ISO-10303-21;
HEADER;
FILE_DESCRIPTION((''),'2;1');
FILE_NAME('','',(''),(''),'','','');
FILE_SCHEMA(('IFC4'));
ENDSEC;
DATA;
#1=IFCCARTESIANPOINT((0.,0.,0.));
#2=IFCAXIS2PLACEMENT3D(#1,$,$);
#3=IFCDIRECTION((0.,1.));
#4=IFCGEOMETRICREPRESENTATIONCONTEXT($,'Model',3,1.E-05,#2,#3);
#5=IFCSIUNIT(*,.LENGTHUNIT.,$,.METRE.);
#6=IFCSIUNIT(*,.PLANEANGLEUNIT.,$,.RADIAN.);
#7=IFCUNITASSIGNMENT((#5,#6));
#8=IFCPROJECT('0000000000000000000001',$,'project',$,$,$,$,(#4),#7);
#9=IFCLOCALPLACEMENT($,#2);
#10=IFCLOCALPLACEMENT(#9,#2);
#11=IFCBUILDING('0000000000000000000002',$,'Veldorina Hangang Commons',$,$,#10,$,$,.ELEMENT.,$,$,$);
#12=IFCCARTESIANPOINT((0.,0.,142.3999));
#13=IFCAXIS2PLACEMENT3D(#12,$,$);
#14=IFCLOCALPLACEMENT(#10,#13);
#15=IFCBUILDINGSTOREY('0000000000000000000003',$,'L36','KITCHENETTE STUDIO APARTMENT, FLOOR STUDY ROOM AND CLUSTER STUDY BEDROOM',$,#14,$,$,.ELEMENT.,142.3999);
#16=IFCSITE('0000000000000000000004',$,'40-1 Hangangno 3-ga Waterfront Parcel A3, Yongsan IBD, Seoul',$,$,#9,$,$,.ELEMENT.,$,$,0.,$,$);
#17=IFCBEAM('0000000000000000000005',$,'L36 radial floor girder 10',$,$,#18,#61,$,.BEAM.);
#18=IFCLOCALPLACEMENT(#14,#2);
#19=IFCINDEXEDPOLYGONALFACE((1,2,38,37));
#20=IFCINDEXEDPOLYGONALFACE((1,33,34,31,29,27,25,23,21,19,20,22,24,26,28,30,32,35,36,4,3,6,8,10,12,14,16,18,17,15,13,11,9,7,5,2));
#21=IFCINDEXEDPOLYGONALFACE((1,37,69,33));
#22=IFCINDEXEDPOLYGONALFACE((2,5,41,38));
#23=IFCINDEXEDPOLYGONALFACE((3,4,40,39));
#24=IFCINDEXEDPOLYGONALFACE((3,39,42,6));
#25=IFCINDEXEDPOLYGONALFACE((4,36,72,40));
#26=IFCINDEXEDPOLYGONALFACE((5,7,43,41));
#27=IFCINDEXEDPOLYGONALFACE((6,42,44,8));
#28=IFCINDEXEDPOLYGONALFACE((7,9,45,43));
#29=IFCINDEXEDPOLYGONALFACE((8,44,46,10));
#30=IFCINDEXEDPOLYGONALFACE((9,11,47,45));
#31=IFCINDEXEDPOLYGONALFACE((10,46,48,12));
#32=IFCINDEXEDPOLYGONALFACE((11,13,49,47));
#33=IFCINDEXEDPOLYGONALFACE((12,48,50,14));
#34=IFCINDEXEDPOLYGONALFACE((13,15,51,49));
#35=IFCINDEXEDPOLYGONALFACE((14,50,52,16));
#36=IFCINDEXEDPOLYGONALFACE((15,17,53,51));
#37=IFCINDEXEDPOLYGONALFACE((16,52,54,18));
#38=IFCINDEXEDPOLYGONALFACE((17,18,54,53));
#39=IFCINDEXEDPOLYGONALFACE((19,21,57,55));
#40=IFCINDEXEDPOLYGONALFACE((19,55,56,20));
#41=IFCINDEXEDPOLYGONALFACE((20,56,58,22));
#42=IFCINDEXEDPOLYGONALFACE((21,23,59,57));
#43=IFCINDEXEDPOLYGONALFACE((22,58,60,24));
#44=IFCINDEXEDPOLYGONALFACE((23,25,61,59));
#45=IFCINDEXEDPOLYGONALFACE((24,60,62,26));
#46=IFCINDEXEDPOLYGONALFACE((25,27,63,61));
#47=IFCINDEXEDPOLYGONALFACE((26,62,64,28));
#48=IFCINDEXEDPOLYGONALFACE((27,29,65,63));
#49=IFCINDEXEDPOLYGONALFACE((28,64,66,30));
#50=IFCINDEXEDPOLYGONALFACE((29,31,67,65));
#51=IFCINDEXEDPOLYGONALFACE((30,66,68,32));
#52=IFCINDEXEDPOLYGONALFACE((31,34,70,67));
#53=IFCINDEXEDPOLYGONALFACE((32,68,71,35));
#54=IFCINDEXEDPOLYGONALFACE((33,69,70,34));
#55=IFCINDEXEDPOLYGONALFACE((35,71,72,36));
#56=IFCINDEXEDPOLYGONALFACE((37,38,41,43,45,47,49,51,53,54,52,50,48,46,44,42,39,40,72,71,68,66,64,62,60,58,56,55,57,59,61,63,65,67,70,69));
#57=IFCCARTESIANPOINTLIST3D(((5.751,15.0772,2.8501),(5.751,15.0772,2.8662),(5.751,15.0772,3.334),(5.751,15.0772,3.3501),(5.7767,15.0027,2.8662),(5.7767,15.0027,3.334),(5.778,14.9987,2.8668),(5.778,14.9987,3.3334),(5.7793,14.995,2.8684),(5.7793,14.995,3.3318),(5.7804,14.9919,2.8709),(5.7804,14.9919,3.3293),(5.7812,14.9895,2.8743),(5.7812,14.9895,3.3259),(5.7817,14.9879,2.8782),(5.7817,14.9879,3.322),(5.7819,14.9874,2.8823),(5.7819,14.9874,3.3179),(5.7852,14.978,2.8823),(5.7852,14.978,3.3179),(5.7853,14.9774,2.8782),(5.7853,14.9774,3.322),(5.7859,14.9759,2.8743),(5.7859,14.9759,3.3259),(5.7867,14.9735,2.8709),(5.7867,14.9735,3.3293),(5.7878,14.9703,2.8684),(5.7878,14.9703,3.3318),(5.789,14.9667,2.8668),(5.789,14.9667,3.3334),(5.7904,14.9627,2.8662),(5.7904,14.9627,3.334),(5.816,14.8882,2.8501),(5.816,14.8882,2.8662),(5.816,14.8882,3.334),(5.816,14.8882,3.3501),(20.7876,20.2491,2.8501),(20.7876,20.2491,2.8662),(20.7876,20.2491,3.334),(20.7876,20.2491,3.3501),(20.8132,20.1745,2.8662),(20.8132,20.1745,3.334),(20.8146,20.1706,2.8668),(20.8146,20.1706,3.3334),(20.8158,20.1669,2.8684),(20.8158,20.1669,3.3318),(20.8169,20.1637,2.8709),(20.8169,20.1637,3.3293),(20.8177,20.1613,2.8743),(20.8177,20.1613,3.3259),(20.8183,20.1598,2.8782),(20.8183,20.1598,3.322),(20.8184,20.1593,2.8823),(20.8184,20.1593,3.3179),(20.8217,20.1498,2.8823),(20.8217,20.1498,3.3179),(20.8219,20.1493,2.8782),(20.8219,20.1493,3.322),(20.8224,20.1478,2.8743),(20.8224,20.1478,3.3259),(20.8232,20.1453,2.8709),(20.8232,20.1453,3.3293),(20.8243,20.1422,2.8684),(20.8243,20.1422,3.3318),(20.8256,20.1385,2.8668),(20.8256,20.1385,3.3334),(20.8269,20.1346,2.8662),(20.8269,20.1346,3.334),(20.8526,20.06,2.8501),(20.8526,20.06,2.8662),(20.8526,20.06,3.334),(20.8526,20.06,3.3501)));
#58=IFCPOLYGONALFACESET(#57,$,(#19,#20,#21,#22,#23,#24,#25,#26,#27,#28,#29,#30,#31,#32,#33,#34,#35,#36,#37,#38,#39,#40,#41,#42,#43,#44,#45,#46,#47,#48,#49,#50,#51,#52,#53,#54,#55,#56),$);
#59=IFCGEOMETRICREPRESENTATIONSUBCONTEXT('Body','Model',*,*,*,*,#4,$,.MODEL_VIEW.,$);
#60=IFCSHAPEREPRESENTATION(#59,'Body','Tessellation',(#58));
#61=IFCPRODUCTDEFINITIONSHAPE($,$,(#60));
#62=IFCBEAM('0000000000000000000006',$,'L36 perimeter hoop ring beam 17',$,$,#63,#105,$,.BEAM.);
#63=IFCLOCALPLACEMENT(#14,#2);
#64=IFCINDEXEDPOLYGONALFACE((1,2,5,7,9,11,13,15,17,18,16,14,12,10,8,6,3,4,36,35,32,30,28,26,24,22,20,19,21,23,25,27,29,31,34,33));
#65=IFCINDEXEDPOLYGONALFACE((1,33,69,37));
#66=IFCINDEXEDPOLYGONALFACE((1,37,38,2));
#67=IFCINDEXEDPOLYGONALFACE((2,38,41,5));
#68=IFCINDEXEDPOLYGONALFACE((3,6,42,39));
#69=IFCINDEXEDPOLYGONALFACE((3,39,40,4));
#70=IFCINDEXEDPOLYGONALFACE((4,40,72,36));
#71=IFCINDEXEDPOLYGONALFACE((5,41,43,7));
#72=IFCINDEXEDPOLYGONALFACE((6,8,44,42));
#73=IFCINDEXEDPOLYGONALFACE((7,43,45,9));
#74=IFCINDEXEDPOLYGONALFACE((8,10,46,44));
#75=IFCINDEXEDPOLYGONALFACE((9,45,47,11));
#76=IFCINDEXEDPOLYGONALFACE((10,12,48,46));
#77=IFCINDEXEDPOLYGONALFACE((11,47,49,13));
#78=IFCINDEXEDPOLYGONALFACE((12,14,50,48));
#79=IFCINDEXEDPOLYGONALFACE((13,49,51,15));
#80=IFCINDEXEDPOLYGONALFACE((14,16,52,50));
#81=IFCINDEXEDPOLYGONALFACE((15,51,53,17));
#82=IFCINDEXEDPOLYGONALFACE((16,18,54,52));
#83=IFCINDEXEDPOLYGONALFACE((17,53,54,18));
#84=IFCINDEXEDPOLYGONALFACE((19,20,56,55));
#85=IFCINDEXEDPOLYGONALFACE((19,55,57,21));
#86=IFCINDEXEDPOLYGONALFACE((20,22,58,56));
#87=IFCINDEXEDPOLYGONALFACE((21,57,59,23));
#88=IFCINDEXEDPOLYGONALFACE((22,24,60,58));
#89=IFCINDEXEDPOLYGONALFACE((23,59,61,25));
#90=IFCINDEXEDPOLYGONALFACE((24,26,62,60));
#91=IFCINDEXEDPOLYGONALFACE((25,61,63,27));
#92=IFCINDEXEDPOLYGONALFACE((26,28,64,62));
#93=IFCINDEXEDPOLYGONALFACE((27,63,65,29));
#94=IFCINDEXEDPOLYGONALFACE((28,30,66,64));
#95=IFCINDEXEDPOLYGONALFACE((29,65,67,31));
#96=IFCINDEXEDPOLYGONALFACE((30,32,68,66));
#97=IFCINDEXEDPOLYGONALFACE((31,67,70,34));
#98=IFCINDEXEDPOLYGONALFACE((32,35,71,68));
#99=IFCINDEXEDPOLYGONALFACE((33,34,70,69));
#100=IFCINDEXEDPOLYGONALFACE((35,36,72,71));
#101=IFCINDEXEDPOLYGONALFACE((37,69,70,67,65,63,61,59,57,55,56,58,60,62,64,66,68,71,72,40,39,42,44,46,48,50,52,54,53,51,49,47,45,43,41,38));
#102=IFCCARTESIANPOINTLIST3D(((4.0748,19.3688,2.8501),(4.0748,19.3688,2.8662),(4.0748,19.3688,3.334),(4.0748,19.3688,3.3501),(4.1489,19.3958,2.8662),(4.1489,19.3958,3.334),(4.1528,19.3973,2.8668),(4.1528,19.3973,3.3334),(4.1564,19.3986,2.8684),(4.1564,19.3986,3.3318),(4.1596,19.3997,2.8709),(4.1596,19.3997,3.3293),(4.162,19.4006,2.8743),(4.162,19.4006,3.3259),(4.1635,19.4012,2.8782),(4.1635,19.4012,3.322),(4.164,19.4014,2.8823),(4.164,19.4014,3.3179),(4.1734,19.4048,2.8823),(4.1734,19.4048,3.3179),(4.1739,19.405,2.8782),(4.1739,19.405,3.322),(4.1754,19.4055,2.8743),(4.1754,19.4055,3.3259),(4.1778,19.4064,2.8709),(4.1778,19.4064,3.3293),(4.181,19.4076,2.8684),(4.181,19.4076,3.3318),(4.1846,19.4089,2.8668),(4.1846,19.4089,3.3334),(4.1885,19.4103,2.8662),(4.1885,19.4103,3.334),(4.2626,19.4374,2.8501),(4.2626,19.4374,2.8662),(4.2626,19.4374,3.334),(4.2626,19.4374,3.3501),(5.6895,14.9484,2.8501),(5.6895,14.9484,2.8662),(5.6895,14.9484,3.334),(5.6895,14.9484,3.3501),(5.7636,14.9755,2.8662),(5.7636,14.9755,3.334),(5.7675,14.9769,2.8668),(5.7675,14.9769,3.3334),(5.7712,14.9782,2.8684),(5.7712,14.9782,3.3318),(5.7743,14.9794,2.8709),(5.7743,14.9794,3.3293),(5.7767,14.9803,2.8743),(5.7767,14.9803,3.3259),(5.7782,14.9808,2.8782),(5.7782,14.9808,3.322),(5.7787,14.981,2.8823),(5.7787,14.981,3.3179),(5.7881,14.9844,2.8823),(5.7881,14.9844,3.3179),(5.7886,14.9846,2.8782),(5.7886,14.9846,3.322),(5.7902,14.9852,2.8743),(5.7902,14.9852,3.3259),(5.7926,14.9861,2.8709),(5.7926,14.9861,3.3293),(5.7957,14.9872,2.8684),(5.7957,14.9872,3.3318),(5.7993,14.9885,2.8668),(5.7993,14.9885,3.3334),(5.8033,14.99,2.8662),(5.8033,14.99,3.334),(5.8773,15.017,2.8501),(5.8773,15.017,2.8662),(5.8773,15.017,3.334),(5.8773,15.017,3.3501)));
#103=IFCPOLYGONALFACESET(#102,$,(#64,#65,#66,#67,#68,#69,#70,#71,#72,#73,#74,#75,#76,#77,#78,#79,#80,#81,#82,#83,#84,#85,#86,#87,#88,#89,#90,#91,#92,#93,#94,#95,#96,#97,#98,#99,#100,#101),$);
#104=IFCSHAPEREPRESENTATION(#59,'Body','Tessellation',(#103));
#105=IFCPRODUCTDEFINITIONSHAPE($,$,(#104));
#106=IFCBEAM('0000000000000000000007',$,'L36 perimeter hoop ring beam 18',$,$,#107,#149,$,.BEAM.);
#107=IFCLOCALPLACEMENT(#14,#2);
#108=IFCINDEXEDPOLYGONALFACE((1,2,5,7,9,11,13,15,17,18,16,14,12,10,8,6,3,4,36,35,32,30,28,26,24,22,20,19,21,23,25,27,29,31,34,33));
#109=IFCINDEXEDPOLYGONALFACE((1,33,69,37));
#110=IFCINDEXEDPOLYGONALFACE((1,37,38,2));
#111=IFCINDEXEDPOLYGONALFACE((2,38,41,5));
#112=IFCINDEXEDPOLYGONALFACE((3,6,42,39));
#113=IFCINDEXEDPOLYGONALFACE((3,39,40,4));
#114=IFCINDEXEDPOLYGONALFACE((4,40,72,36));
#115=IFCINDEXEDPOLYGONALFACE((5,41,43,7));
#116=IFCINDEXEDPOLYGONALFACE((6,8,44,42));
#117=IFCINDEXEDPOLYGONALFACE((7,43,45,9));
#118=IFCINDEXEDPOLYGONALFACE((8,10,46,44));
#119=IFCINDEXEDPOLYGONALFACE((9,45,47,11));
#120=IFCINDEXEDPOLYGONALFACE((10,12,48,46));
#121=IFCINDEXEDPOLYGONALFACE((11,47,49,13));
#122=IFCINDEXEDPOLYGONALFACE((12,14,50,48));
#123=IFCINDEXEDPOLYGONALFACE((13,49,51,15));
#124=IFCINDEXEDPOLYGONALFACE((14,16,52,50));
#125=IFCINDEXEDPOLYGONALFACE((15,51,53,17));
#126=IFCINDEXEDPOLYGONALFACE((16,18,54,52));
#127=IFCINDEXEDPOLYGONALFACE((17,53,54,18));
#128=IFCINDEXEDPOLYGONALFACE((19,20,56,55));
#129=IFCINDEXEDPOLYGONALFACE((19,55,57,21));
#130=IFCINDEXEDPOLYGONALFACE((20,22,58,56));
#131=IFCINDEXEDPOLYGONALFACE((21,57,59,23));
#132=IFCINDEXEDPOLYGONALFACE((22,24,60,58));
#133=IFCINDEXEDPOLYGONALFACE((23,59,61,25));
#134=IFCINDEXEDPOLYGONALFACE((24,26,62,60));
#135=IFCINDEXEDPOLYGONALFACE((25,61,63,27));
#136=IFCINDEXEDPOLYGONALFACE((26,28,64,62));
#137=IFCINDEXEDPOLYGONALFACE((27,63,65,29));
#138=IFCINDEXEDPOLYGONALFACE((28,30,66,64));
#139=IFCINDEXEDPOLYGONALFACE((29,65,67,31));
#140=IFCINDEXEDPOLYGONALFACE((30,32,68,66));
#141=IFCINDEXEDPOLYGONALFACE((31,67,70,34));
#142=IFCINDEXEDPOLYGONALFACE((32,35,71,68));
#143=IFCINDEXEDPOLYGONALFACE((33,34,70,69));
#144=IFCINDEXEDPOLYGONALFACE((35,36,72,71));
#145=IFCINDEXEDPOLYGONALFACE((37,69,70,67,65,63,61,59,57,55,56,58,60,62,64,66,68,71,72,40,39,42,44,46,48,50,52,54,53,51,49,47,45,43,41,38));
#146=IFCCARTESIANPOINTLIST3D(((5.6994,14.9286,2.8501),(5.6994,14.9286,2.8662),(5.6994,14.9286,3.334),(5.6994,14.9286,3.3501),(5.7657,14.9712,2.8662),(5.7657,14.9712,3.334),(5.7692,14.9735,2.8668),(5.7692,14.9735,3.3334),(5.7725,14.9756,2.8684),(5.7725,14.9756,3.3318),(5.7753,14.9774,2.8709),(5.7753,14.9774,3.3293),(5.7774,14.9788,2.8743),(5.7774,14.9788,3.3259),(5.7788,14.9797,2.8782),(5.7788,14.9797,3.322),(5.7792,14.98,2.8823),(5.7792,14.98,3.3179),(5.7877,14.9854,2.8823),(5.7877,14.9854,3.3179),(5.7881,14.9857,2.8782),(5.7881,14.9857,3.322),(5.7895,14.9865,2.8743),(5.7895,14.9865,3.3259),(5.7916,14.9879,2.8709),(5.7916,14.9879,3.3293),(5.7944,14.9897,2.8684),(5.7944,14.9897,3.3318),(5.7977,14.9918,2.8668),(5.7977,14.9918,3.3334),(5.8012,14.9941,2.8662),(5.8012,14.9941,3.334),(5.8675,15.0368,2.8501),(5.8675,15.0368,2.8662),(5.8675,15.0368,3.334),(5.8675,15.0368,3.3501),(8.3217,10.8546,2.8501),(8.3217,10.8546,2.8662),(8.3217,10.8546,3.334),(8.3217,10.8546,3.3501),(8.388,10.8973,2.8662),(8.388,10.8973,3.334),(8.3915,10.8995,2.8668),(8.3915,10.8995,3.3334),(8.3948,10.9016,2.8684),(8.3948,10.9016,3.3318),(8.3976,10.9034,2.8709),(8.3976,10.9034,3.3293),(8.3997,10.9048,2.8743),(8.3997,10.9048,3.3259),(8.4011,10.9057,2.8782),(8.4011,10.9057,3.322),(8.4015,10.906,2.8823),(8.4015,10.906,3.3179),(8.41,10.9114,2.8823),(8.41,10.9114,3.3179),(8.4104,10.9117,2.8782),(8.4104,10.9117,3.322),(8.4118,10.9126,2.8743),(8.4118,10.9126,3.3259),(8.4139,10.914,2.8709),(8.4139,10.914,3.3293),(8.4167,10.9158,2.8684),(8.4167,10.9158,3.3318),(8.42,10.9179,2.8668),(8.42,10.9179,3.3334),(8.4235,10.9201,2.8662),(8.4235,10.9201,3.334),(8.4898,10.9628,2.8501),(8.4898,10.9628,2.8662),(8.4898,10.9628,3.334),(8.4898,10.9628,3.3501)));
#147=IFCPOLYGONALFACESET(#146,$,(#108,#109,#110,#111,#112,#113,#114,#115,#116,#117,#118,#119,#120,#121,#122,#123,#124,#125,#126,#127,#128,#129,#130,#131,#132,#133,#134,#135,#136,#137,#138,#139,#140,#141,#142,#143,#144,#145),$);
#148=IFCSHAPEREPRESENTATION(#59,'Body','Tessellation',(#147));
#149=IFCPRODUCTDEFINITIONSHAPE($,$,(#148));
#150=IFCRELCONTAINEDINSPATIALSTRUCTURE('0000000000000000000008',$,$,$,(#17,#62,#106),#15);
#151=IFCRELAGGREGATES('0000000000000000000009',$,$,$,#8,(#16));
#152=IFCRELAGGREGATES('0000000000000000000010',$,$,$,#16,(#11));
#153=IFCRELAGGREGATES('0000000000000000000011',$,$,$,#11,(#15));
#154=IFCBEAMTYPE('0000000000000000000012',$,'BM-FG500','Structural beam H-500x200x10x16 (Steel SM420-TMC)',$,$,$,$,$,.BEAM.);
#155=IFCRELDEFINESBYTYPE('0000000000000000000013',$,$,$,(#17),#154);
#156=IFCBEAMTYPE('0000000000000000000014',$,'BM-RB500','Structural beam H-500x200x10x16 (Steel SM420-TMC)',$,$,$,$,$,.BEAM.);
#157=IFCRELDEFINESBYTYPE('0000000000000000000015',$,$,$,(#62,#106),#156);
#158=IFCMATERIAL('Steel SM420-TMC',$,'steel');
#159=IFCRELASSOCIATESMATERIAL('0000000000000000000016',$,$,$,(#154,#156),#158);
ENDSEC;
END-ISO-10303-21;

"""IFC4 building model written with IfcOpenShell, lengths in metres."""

from ifc_helpers import new_model, si_unit, direction, frame, origin, origin_2d, place, context, subcontext, project, spatial, i_section, extrude, material, material_profile, profile_set, type_object, element, save


model = new_model("IFC4")

# Units and contexts
model_context = context("Model", 3, precision=1e-05, world=origin(), true_north=direction((0.0, 1.0)))
body_context = subcontext(model_context, "Body", "Model", "MODEL_VIEW")
ifc_project = project(units=[si_unit("LENGTHUNIT", "METRE"), si_unit("PLANEANGLEUNIT", "RADIAN")], contexts=[model_context])

# Site, building, storey
site_placement = place(None, origin())
site = spatial("IfcSite", under=ifc_project, at=site_placement, Name="40-1 Hangangno 3-ga Waterfront Parcel A3, Yongsan IBD, Seoul", CompositionType="ELEMENT", RefElevation=0.0)
building_placement = place(site_placement, origin())
building = spatial("IfcBuilding", under=site, at=building_placement, Name="Veldorina Hangang Commons", CompositionType="ELEMENT")
storey_placement = place(building_placement, frame((0.0, 0.0, 142.3999)))
storey = spatial("IfcBuildingStorey", under=building, at=storey_placement, Name="L36", Description="KITCHENETTE STUDIO APARTMENT, FLOOR STUDY ROOM AND CLUSTER STUDY BEDROOM", CompositionType="ELEMENT", Elevation=142.3999)

# Beams
ifc_material_1 = material(Name="Steel SM420-TMC", Category="steel")
ifc_material_profile_1 = material_profile(ifc_material_1, i_section(OverallWidth=0.2, OverallDepth=0.5, WebThickness=0.01, FlangeThickness=0.0161, FilletRadius=0.0161, at=origin_2d()), Name="H-500x200x10x16")
ifc_profile_set_1 = profile_set([ifc_material_profile_1], Name="Steel SM420-TMC")
beam_type_1 = type_object("IfcBeamType", Name="BM-FG500", Description="Structural beam H-500x200x10x16 (Steel SM420-TMC)", PredefinedType="BEAM", material=ifc_profile_set_1)
beam_1_placement = place(storey_placement, frame((20.8201, 20.1545, 3.1001), z_axis=(-0.945628, -0.325251, 0.0), x_axis=(0.325251, -0.945628, 0.0)))
element("IfcBeam", 1, at=beam_1_placement, inside=storey, type_object=beam_type_1, Name="L36 radial floor girder 10", PredefinedType="BEAM", context=body_context, shape_type="SweptSolid", body=[
    extrude(i_section(OverallWidth=0.2, OverallDepth=0.5, WebThickness=0.01, FlangeThickness=0.0161, FilletRadius=0.0161, at=origin_2d()), origin(), (0.0, 0.0, 1.0), 15.9011),
])
ifc_material_profile_2 = material_profile(ifc_material_1, i_section(OverallWidth=0.2, OverallDepth=0.5, WebThickness=0.01, FlangeThickness=0.0161, FilletRadius=0.0161, at=origin_2d()), Name="H-500x200x10x16")
ifc_profile_set_2 = profile_set([ifc_material_profile_2], Name="Steel SM420-TMC")
beam_type_2 = type_object("IfcBeamType", Name="BM-RB500", Description="Structural beam H-500x200x10x16 (Steel SM420-TMC)", PredefinedType="BEAM", material=ifc_profile_set_2)
beam_2_placement = place(storey_placement, frame((4.1687, 19.4031, 3.1001), z_axis=(0.343117, -0.939293, 0.0), x_axis=(0.939293, 0.343117, 0.0)))
element("IfcBeam", 2, at=beam_2_placement, inside=storey, type_object=beam_type_2, Name="L36 perimeter hoop ring beam 17", PredefinedType="BEAM", context=body_context, shape_type="SweptSolid", body=[
    extrude(i_section(OverallWidth=0.2, OverallDepth=0.5, WebThickness=0.01, FlangeThickness=0.0161, FilletRadius=0.0161, at=origin_2d()), origin(), (0.0, 0.0, 1.0), 4.7061),
])
beam_3_placement = place(storey_placement, frame((5.7834, 14.9827, 3.1001), z_axis=(0.541244, -0.840866, 0.0), x_axis=(0.840866, 0.541244, 0.0)))
element("IfcBeam", 3, at=beam_3_placement, inside=storey, type_object=beam_type_2, Name="L36 perimeter hoop ring beam 18", PredefinedType="BEAM", context=body_context, shape_type="SweptSolid", body=[
    extrude(i_section(OverallWidth=0.2, OverallDepth=0.5, WebThickness=0.01, FlangeThickness=0.0161, FilletRadius=0.0161, at=origin_2d()), origin(), (0.0, 0.0, 1.0), 4.845),
])

save(model, "model.ifc")
